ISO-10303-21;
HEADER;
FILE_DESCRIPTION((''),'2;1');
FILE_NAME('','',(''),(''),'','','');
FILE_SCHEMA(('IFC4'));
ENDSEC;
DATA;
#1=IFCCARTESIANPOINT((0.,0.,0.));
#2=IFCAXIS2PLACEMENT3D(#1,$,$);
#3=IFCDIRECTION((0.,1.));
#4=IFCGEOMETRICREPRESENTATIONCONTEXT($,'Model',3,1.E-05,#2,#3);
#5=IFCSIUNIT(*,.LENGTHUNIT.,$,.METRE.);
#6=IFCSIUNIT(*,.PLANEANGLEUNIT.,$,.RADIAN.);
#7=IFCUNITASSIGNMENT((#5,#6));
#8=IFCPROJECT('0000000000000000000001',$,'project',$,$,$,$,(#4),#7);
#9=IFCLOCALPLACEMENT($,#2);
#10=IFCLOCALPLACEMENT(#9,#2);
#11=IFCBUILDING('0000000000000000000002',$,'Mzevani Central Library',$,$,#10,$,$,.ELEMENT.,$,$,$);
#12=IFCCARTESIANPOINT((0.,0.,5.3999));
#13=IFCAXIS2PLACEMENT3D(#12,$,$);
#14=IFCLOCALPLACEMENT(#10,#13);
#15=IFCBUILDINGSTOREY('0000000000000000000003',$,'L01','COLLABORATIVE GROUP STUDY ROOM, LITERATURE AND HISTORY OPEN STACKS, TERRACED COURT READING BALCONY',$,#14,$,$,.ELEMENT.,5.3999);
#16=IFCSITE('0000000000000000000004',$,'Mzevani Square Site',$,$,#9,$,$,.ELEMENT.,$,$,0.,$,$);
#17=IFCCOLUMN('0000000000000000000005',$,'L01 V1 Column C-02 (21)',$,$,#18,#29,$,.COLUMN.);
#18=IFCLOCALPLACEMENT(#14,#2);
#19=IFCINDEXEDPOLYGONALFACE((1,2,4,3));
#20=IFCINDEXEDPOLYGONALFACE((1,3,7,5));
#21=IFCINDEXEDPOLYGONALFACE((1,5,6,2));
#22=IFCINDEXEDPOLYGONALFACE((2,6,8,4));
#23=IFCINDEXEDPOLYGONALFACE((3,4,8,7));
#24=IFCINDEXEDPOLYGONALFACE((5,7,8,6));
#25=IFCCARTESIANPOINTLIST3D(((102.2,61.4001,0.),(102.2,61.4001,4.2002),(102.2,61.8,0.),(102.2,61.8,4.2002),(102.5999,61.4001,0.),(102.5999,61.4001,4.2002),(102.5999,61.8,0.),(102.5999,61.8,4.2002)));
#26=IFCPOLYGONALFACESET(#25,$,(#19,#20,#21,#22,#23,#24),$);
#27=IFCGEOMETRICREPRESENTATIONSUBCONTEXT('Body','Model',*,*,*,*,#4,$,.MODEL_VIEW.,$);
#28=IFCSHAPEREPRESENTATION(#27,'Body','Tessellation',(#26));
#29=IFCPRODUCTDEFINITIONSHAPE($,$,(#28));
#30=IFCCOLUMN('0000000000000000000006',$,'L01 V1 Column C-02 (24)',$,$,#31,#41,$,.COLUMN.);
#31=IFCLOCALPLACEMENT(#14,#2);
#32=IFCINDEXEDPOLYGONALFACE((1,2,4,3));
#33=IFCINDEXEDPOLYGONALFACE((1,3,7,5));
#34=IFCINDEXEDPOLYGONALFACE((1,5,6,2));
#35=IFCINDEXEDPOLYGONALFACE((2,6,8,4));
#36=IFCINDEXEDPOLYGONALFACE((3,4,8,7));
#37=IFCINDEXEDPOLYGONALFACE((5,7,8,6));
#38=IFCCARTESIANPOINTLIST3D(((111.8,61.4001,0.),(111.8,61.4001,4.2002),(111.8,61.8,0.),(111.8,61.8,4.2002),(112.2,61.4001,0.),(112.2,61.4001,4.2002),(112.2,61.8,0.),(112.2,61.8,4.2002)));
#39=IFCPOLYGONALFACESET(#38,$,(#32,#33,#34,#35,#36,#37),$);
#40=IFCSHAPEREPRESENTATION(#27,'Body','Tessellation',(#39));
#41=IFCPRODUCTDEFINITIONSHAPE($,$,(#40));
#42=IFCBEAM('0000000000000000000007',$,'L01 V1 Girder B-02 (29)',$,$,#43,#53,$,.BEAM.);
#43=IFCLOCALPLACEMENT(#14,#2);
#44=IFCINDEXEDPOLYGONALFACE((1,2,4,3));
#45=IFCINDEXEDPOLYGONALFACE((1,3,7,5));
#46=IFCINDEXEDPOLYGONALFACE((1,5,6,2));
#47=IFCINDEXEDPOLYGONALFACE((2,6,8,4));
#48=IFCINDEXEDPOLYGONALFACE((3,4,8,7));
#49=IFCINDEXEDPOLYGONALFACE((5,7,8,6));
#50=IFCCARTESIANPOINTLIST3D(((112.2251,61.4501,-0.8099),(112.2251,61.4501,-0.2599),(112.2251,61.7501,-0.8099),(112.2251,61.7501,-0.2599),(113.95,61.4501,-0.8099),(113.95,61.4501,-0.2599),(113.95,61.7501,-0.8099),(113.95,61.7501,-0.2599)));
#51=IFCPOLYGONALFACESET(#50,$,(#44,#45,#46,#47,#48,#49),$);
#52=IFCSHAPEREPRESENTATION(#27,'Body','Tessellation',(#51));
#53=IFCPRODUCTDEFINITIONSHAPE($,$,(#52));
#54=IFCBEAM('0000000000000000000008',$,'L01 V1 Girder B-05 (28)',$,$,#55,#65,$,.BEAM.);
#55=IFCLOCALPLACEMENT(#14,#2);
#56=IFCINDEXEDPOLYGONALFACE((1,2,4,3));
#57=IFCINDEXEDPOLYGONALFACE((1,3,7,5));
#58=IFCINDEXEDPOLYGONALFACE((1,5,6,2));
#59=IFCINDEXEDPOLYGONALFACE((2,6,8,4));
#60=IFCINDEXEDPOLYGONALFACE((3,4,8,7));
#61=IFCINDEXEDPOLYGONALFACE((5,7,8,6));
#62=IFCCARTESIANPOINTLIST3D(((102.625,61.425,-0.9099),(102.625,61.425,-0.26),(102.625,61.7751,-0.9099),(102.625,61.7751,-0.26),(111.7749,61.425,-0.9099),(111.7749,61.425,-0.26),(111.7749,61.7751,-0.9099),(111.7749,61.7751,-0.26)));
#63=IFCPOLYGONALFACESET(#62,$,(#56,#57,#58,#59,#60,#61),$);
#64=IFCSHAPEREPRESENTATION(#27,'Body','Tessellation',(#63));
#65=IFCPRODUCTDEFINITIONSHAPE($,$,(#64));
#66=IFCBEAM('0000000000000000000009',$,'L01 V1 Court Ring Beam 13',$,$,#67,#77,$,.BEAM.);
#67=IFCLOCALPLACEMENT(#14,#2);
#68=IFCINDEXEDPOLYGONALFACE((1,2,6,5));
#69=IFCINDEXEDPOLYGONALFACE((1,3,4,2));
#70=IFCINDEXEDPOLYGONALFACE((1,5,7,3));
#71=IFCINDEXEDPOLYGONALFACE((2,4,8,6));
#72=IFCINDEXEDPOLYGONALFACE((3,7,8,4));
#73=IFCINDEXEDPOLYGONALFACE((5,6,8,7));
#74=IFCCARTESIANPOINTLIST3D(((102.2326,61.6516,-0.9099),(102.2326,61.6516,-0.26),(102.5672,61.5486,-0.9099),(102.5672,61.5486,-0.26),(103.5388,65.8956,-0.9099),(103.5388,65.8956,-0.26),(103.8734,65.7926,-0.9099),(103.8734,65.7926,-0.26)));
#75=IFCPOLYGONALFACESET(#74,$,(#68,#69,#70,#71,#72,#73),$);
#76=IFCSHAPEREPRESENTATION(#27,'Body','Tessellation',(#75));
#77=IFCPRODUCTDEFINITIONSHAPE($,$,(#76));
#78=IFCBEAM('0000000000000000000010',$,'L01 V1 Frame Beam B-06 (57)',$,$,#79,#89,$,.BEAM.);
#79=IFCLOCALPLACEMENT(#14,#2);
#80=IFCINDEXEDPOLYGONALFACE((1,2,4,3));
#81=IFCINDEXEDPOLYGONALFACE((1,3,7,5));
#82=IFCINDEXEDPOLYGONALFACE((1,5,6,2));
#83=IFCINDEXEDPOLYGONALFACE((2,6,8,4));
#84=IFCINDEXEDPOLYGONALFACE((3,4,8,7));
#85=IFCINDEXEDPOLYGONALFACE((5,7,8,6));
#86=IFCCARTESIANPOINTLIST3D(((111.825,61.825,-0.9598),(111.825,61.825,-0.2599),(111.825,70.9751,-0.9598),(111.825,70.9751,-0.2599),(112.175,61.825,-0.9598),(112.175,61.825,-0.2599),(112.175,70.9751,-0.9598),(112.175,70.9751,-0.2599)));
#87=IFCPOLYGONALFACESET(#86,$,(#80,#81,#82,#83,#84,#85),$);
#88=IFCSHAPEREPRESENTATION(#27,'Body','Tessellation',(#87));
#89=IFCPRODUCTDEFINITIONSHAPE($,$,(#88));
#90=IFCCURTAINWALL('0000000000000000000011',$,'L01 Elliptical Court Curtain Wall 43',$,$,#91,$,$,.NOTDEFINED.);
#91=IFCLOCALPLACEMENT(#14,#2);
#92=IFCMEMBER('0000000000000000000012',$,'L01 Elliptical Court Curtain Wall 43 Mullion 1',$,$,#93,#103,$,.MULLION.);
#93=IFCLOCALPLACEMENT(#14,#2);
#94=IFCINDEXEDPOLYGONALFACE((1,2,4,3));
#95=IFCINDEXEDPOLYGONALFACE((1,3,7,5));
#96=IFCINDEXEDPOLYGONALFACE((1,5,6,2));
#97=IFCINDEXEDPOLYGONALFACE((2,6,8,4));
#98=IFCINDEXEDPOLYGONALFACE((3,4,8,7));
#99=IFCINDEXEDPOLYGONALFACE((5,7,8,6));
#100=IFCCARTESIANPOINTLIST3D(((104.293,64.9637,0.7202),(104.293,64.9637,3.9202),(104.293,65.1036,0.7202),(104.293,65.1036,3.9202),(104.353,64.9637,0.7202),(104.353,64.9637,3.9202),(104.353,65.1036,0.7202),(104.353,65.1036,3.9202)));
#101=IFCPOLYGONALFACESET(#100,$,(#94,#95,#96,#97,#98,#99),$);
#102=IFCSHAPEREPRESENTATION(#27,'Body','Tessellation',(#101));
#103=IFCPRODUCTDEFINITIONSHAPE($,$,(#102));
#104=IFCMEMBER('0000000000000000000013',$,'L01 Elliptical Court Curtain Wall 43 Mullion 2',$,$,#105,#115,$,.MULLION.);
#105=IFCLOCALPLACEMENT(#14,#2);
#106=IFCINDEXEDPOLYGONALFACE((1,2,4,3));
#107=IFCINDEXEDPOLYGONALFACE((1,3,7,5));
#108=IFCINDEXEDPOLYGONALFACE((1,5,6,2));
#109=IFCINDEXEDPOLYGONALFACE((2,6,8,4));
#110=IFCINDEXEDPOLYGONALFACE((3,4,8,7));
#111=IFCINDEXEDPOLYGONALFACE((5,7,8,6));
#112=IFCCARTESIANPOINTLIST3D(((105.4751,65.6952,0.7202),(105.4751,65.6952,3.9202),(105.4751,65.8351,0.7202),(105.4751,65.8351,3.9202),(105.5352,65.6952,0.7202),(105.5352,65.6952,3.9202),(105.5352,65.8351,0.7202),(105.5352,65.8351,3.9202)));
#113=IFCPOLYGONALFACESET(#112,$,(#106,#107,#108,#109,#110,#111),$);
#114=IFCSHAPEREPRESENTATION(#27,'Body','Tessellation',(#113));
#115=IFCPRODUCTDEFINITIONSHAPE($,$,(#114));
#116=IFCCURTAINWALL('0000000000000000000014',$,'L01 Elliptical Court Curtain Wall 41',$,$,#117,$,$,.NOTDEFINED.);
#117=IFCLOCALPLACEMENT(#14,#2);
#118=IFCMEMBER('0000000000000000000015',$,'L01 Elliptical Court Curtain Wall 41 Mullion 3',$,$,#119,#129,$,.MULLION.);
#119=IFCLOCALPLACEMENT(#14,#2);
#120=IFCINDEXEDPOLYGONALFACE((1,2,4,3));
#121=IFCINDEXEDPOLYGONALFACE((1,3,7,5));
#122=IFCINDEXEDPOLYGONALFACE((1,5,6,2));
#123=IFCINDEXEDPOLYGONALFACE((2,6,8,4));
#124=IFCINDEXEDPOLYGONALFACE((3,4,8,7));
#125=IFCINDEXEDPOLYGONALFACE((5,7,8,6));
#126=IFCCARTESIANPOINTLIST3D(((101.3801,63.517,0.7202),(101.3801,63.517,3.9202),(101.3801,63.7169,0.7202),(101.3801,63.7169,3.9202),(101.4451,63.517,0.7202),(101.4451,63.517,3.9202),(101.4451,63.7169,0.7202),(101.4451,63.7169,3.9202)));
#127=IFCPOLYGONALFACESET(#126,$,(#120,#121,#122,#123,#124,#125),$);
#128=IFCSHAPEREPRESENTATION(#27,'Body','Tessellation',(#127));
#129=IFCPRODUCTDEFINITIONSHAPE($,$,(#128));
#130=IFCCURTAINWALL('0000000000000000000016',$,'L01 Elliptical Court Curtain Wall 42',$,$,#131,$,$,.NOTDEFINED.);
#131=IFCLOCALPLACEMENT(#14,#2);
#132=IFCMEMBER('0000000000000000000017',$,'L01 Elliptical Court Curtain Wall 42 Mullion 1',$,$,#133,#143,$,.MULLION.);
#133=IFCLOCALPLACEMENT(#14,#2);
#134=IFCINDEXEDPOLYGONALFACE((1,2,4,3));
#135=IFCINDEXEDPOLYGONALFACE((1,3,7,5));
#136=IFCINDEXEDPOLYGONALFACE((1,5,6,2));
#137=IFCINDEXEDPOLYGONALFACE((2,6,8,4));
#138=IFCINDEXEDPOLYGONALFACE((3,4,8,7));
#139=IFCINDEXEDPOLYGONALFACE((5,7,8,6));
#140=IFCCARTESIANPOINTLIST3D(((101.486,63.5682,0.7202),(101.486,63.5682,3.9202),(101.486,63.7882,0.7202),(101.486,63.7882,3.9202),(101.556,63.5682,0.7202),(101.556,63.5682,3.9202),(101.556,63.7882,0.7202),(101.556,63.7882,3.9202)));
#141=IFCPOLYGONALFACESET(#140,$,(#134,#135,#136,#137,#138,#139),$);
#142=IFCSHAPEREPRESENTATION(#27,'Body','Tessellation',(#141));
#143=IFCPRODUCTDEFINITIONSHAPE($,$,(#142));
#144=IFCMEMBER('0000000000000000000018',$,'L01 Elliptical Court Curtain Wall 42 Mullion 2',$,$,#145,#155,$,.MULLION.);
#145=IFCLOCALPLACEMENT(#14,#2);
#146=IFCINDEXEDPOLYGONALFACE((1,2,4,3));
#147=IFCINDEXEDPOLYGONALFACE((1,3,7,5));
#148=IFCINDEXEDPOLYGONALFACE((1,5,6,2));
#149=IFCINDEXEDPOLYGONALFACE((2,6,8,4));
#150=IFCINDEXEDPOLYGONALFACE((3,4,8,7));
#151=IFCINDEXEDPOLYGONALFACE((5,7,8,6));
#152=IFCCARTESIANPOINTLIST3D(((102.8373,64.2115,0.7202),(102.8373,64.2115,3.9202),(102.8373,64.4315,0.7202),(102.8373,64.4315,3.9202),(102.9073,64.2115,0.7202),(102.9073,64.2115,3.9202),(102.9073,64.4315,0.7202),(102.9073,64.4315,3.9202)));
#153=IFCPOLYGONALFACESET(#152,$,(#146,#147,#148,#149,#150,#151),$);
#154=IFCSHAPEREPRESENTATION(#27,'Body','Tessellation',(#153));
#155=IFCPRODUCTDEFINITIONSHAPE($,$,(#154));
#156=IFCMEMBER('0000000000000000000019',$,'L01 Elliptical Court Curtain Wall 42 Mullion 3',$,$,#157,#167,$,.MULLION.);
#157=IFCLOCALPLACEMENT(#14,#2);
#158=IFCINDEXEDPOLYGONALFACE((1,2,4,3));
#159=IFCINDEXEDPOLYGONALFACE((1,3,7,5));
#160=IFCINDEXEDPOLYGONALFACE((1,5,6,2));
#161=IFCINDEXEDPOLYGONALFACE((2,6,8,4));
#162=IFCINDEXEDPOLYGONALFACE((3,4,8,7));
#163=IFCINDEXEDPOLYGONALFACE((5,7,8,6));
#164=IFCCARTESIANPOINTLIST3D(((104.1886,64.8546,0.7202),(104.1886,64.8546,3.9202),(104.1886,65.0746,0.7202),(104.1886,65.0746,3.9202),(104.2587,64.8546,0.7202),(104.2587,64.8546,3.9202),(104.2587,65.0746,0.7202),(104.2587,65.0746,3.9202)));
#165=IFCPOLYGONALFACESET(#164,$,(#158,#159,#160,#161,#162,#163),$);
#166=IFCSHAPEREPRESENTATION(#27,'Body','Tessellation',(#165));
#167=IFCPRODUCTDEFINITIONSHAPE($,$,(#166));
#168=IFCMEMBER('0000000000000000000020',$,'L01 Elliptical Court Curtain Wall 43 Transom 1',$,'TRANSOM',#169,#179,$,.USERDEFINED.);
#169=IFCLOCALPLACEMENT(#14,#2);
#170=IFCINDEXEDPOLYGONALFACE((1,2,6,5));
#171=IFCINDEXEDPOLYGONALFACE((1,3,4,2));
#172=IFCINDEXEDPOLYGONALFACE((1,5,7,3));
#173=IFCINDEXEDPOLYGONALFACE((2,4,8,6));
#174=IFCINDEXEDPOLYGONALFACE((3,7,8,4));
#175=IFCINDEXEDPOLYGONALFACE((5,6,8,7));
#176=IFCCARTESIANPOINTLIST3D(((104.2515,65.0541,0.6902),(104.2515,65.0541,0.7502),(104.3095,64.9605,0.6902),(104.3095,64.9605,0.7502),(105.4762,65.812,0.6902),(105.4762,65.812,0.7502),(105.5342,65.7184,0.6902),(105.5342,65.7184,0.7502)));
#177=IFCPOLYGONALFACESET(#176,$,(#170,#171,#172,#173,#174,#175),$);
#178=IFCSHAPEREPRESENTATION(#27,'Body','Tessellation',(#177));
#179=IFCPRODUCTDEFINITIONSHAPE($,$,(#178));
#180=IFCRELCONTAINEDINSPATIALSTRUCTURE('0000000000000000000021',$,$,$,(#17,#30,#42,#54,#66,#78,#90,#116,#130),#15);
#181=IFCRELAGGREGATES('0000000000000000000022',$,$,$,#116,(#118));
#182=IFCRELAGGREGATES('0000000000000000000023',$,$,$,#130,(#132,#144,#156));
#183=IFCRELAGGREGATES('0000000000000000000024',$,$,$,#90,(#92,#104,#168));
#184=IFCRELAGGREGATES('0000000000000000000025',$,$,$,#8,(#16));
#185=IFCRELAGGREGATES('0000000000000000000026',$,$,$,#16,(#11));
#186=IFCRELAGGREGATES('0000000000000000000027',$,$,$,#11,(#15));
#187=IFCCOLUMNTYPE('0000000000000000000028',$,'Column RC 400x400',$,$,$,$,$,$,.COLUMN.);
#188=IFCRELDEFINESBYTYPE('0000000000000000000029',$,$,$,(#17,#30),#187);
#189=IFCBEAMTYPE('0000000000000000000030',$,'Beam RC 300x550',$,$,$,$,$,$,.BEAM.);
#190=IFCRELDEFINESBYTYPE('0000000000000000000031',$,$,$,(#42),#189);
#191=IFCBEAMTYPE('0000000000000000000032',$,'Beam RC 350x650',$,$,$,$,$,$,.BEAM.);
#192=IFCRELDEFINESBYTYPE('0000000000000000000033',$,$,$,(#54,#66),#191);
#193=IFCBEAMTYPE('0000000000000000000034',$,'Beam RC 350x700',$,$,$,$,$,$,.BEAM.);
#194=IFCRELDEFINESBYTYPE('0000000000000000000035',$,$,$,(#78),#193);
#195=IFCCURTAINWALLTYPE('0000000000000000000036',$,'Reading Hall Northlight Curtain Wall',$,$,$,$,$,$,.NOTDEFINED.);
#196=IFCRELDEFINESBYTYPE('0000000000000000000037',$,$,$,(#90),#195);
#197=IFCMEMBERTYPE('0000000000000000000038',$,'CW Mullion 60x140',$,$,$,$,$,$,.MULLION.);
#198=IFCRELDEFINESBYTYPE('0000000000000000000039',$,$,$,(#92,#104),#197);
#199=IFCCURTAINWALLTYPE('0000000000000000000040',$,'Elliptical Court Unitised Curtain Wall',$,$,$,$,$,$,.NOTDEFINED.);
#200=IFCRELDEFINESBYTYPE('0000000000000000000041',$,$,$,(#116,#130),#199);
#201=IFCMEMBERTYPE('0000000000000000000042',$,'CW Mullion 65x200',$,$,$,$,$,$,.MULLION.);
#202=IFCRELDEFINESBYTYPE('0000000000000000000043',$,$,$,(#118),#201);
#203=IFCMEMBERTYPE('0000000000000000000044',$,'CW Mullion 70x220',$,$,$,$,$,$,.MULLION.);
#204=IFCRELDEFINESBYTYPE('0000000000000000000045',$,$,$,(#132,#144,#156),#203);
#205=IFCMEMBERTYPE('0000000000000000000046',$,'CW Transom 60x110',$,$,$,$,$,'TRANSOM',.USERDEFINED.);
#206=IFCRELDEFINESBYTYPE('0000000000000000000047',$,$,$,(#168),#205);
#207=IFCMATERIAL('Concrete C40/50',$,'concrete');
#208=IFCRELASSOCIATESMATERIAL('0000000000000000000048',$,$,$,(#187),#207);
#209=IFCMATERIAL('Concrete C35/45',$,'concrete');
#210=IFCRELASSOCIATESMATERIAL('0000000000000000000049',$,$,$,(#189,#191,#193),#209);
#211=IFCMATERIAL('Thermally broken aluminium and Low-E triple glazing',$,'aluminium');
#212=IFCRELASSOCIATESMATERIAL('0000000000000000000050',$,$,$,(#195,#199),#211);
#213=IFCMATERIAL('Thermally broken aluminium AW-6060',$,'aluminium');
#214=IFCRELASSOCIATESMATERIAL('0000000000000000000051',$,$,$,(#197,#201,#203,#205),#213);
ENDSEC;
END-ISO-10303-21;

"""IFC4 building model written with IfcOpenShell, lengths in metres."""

from ifc_helpers import new_model, si_unit, direction, frame, origin, origin_2d, place, context, subcontext, project, spatial, rectangle, extrude, material, material_profile, profile_set, type_object, element, aggregate, save


model = new_model("IFC4")

# Units and contexts
model_context = context("Model", 3, precision=1e-05, world=origin(), true_north=direction((0.0, 1.0)))
body_context = subcontext(model_context, "Body", "Model", "MODEL_VIEW")
ifc_project = project(units=[si_unit("LENGTHUNIT", "METRE"), si_unit("PLANEANGLEUNIT", "RADIAN")], contexts=[model_context])

# Site, building, storey
site_placement = place(None, origin())
site = spatial("IfcSite", under=ifc_project, at=site_placement, Name="Mzevani Square Site", CompositionType="ELEMENT", RefElevation=0.0)
building_placement = place(site_placement, origin())
building = spatial("IfcBuilding", under=site, at=building_placement, Name="Mzevani Central Library", CompositionType="ELEMENT")
storey_placement = place(building_placement, frame((0.0, 0.0, 5.3999)))
storey = spatial("IfcBuildingStorey", under=building, at=storey_placement, Name="L01", Description="COLLABORATIVE GROUP STUDY ROOM, LITERATURE AND HISTORY OPEN STACKS, TERRACED COURT READING BALCONY", CompositionType="ELEMENT", Elevation=5.3999)

# Columns
ifc_material_1 = material(Name="Concrete C40/50", Category="concrete")
ifc_material_profile_1 = material_profile(ifc_material_1, rectangle(XDim=0.3999, YDim=0.3999, at=origin_2d()), Name="RC 400x400")
ifc_profile_set_1 = profile_set([ifc_material_profile_1], Name="Concrete C40/50")
column_type = type_object("IfcColumnType", Name="Column RC 400x400", PredefinedType="COLUMN", material=ifc_profile_set_1)
for number, where, z_axis, x_axis, name in (
    (1, (102.3999, 61.6001, 0.0), (0.0, 0.0, 1.0), (1.0, 0.0, 0.0), "L01 V1 Column C-02 (21)"),
    (2, (112.0, 61.6001, 0.0), (0.0, 0.0, 1.0), (1.0, 0.0, 0.0), "L01 V1 Column C-02 (24)"),
):
    element("IfcColumn", number, at=place(storey_placement, frame(where, z_axis=z_axis, x_axis=x_axis)), inside=storey, type_object=column_type, Name=name, PredefinedType="COLUMN", context=body_context, shape_type="SweptSolid", body=[
        extrude(rectangle(XDim=0.3999, YDim=0.3999, at=origin_2d()), origin(), (0.0, 0.0, 1.0), 4.2002),
    ])

# Beams
ifc_material_2 = material(Name="Concrete C35/45", Category="concrete")
ifc_material_profile_2 = material_profile(ifc_material_2, rectangle(XDim=0.3, YDim=0.55, at=origin_2d()), Name="RC B300x550")
ifc_profile_set_2 = profile_set([ifc_material_profile_2], Name="Concrete C35/45")
beam_type_1 = type_object("IfcBeamType", Name="Beam RC 300x550", PredefinedType="BEAM", material=ifc_profile_set_2)
beam_1_placement = place(storey_placement, frame((112.2251, 61.6001, -0.5349), z_axis=(1.0, 0.0, 0.0), x_axis=(0.0, 1.0, 0.0)))
element("IfcBeam", 3, at=beam_1_placement, inside=storey, type_object=beam_type_1, Name="L01 V1 Girder B-02 (29)", PredefinedType="BEAM", context=body_context, shape_type="SweptSolid", body=[
    extrude(rectangle(XDim=0.3, YDim=0.55, at=origin_2d()), origin(), (0.0, 0.0, 1.0), 1.7249),
])
ifc_material_profile_3 = material_profile(ifc_material_2, rectangle(XDim=0.3501, YDim=0.6499, at=origin_2d()), Name="RC B350x650")
ifc_profile_set_3 = profile_set([ifc_material_profile_3], Name="Concrete C35/45")
beam_type_2 = type_object("IfcBeamType", Name="Beam RC 350x650", PredefinedType="BEAM", material=ifc_profile_set_3)
beam_2_placement = place(storey_placement, frame((102.625, 61.6001, -0.585), z_axis=(1.0, 0.0, 0.0), x_axis=(0.0, 1.0, 0.0)))
element("IfcBeam", 4, at=beam_2_placement, inside=storey, type_object=beam_type_2, Name="L01 V1 Girder B-05 (28)", PredefinedType="BEAM", context=body_context, shape_type="SweptSolid", body=[
    extrude(rectangle(XDim=0.3501, YDim=0.6499, at=origin_2d()), origin(), (0.0, 0.0, 1.0), 9.1499),
])
beam_3_placement = place(storey_placement, frame((102.3999, 61.6001, -0.585), z_axis=(0.294155, 0.955758, 0.0), x_axis=(-0.955758, 0.294155, 0.0)))
element("IfcBeam", 5, at=beam_3_placement, inside=storey, type_object=beam_type_2, Name="L01 V1 Court Ring Beam 13", PredefinedType="BEAM", context=body_context, shape_type="SweptSolid", body=[
    extrude(rectangle(XDim=0.3501, YDim=0.6499, at=origin_2d()), origin(), (0.0, 0.0, 1.0), 4.4404),
])
ifc_material_profile_4 = material_profile(ifc_material_2, rectangle(XDim=0.3501, YDim=0.7, at=origin_2d()), Name="RC B350x700")
ifc_profile_set_4 = profile_set([ifc_material_profile_4], Name="Concrete C35/45")
beam_type_3 = type_object("IfcBeamType", Name="Beam RC 350x700", PredefinedType="BEAM", material=ifc_profile_set_4)
beam_4_placement = place(storey_placement, frame((112.0, 61.825, -0.6099), z_axis=(0.0, 1.0, 0.0), x_axis=(-1.0, 0.0, 0.0)))
element("IfcBeam", 6, at=beam_4_placement, inside=storey, type_object=beam_type_3, Name="L01 V1 Frame Beam B-06 (57)", PredefinedType="BEAM", context=body_context, shape_type="SweptSolid", body=[
    extrude(rectangle(XDim=0.3501, YDim=0.7, at=origin_2d()), origin(), (0.0, 0.0, 1.0), 9.1501),
])

# Curtain wall, members
ifc_material_3 = material(Name="Thermally broken aluminium and Low-E triple glazing", Category="aluminium")
curtain_wall_type_1 = type_object("IfcCurtainWallType", Name="Reading Hall Northlight Curtain Wall", PredefinedType="NOTDEFINED", material=ifc_material_3)
curtain_wall_1_placement = place(storey_placement, origin())
curtain_wall_1 = element("IfcCurtainWall", 7, at=curtain_wall_1_placement, inside=storey, type_object=curtain_wall_type_1, Name="L01 Elliptical Court Curtain Wall 43", PredefinedType="NOTDEFINED")
ifc_material_4 = material(Name="Thermally broken aluminium AW-6060", Category="aluminium")
ifc_material_profile_5 = material_profile(ifc_material_4, rectangle(XDim=0.0601, YDim=0.1399, at=origin_2d()), Name="ALU M60x140")
ifc_profile_set_5 = profile_set([ifc_material_profile_5], Name="Thermally broken aluminium AW-6060")
member_type_1 = type_object("IfcMemberType", Name="CW Mullion 60x140", PredefinedType="MULLION", material=ifc_profile_set_5)
member_1_placement = place(storey_placement, frame((104.323, 65.0337, 0.7202), z_axis=(0.0, 0.0, 1.0), x_axis=(1.0, 0.0, 0.0)))
member_1 = element("IfcMember", 8, at=member_1_placement, type_object=member_type_1, Name="L01 Elliptical Court Curtain Wall 43 Mullion 1", PredefinedType="MULLION", context=body_context, shape_type="SweptSolid", body=[
    extrude(rectangle(XDim=0.0601, YDim=0.1399, at=origin_2d()), origin(), (0.0, 0.0, 1.0), 3.2),
])
member_2_placement = place(storey_placement, frame((105.5051, 65.7651, 0.7202), z_axis=(0.0, 0.0, 1.0), x_axis=(1.0, 0.0, 0.0)))
member_2 = element("IfcMember", 9, at=member_2_placement, type_object=member_type_1, Name="L01 Elliptical Court Curtain Wall 43 Mullion 2", PredefinedType="MULLION", context=body_context, shape_type="SweptSolid", body=[
    extrude(rectangle(XDim=0.0601, YDim=0.1399, at=origin_2d()), origin(), (0.0, 0.0, 1.0), 3.2),
])

# Curtain wall, member
curtain_wall_type_2 = type_object("IfcCurtainWallType", Name="Elliptical Court Unitised Curtain Wall", PredefinedType="NOTDEFINED", material=ifc_material_3)
curtain_wall_2_placement = place(storey_placement, origin())
curtain_wall_2 = element("IfcCurtainWall", 10, at=curtain_wall_2_placement, inside=storey, type_object=curtain_wall_type_2, Name="L01 Elliptical Court Curtain Wall 41", PredefinedType="NOTDEFINED")
ifc_material_profile_6 = material_profile(ifc_material_4, rectangle(XDim=0.0649, YDim=0.2, at=origin_2d()), Name="ALU M65x200")
ifc_profile_set_6 = profile_set([ifc_material_profile_6], Name="Thermally broken aluminium AW-6060")
member_type_2 = type_object("IfcMemberType", Name="CW Mullion 65x200", PredefinedType="MULLION", material=ifc_profile_set_6)
member_3_placement = place(storey_placement, frame((101.4126, 63.6169, 0.7202), z_axis=(0.0, 0.0, 1.0), x_axis=(1.0, 0.0, 0.0)))
member_3 = element("IfcMember", 11, at=member_3_placement, type_object=member_type_2, Name="L01 Elliptical Court Curtain Wall 41 Mullion 3", PredefinedType="MULLION", context=body_context, shape_type="SweptSolid", body=[
    extrude(rectangle(XDim=0.0649, YDim=0.2, at=origin_2d()), origin(), (0.0, 0.0, 1.0), 3.2),
])

# Curtain wall, members
curtain_wall_3_placement = place(storey_placement, origin())
curtain_wall_3 = element("IfcCurtainWall", 12, at=curtain_wall_3_placement, inside=storey, type_object=curtain_wall_type_2, Name="L01 Elliptical Court Curtain Wall 42", PredefinedType="NOTDEFINED")
ifc_material_profile_7 = material_profile(ifc_material_4, rectangle(XDim=0.0701, YDim=0.22, at=origin_2d()), Name="ALU M70x220")
ifc_profile_set_7 = profile_set([ifc_material_profile_7], Name="Thermally broken aluminium AW-6060")
member_type_3 = type_object("IfcMemberType", Name="CW Mullion 70x220", PredefinedType="MULLION", material=ifc_profile_set_7)
member_4_placement = place(storey_placement, frame((101.521, 63.6782, 0.7202), z_axis=(0.0, 0.0, 1.0), x_axis=(1.0, 0.0, 0.0)))
member_4 = element("IfcMember", 13, at=member_4_placement, type_object=member_type_3, Name="L01 Elliptical Court Curtain Wall 42 Mullion 1", PredefinedType="MULLION", context=body_context, shape_type="SweptSolid", body=[
    extrude(rectangle(XDim=0.0701, YDim=0.22, at=origin_2d()), origin(), (0.0, 0.0, 1.0), 3.2),
])
member_5_placement = place(storey_placement, frame((102.8723, 64.3215, 0.7202), z_axis=(0.0, 0.0, 1.0), x_axis=(1.0, 0.0, 0.0)))
member_5 = element("IfcMember", 14, at=member_5_placement, type_object=member_type_3, Name="L01 Elliptical Court Curtain Wall 42 Mullion 2", PredefinedType="MULLION", context=body_context, shape_type="SweptSolid", body=[
    extrude(rectangle(XDim=0.0701, YDim=0.22, at=origin_2d()), origin(), (0.0, 0.0, 1.0), 3.2),
])
member_6_placement = place(storey_placement, frame((104.2236, 64.9646, 0.7202), z_axis=(0.0, 0.0, 1.0), x_axis=(1.0, 0.0, 0.0)))
member_6 = element("IfcMember", 15, at=member_6_placement, type_object=member_type_3, Name="L01 Elliptical Court Curtain Wall 42 Mullion 3", PredefinedType="MULLION", context=body_context, shape_type="SweptSolid", body=[
    extrude(rectangle(XDim=0.0701, YDim=0.22, at=origin_2d()), origin(), (0.0, 0.0, 1.0), 3.2),
])

# Member
ifc_material_profile_8 = material_profile(ifc_material_4, rectangle(XDim=0.1101, YDim=0.0601, at=origin_2d()), Name="ALU T60x110")
ifc_profile_set_8 = profile_set([ifc_material_profile_8], Name="Thermally broken aluminium AW-6060")
member_type_4 = type_object("IfcMemberType", Name="CW Transom 60x110", ElementType="TRANSOM", PredefinedType="USERDEFINED", material=ifc_profile_set_8)
member_7_placement = place(storey_placement, frame((104.2805, 65.0073, 0.7202), z_axis=(0.850352, 0.526215, 0.0), x_axis=(-0.526215, 0.850352, 0.0)))
member_7 = element("IfcMember", 16, at=member_7_placement, type_object=member_type_4, Name="L01 Elliptical Court Curtain Wall 43 Transom 1", ObjectType="TRANSOM", PredefinedType="USERDEFINED", context=body_context, shape_type="SweptSolid", body=[
    extrude(rectangle(XDim=0.1101, YDim=0.0601, at=origin_2d()), origin(), (0.0, 0.0, 1.0), 1.4402),
])

aggregate(curtain_wall_2, [member_3])
aggregate(curtain_wall_3, [member_4, member_5, member_6])
aggregate(curtain_wall_1, [member_1, member_2, member_7])

save(model, "model.ifc")
